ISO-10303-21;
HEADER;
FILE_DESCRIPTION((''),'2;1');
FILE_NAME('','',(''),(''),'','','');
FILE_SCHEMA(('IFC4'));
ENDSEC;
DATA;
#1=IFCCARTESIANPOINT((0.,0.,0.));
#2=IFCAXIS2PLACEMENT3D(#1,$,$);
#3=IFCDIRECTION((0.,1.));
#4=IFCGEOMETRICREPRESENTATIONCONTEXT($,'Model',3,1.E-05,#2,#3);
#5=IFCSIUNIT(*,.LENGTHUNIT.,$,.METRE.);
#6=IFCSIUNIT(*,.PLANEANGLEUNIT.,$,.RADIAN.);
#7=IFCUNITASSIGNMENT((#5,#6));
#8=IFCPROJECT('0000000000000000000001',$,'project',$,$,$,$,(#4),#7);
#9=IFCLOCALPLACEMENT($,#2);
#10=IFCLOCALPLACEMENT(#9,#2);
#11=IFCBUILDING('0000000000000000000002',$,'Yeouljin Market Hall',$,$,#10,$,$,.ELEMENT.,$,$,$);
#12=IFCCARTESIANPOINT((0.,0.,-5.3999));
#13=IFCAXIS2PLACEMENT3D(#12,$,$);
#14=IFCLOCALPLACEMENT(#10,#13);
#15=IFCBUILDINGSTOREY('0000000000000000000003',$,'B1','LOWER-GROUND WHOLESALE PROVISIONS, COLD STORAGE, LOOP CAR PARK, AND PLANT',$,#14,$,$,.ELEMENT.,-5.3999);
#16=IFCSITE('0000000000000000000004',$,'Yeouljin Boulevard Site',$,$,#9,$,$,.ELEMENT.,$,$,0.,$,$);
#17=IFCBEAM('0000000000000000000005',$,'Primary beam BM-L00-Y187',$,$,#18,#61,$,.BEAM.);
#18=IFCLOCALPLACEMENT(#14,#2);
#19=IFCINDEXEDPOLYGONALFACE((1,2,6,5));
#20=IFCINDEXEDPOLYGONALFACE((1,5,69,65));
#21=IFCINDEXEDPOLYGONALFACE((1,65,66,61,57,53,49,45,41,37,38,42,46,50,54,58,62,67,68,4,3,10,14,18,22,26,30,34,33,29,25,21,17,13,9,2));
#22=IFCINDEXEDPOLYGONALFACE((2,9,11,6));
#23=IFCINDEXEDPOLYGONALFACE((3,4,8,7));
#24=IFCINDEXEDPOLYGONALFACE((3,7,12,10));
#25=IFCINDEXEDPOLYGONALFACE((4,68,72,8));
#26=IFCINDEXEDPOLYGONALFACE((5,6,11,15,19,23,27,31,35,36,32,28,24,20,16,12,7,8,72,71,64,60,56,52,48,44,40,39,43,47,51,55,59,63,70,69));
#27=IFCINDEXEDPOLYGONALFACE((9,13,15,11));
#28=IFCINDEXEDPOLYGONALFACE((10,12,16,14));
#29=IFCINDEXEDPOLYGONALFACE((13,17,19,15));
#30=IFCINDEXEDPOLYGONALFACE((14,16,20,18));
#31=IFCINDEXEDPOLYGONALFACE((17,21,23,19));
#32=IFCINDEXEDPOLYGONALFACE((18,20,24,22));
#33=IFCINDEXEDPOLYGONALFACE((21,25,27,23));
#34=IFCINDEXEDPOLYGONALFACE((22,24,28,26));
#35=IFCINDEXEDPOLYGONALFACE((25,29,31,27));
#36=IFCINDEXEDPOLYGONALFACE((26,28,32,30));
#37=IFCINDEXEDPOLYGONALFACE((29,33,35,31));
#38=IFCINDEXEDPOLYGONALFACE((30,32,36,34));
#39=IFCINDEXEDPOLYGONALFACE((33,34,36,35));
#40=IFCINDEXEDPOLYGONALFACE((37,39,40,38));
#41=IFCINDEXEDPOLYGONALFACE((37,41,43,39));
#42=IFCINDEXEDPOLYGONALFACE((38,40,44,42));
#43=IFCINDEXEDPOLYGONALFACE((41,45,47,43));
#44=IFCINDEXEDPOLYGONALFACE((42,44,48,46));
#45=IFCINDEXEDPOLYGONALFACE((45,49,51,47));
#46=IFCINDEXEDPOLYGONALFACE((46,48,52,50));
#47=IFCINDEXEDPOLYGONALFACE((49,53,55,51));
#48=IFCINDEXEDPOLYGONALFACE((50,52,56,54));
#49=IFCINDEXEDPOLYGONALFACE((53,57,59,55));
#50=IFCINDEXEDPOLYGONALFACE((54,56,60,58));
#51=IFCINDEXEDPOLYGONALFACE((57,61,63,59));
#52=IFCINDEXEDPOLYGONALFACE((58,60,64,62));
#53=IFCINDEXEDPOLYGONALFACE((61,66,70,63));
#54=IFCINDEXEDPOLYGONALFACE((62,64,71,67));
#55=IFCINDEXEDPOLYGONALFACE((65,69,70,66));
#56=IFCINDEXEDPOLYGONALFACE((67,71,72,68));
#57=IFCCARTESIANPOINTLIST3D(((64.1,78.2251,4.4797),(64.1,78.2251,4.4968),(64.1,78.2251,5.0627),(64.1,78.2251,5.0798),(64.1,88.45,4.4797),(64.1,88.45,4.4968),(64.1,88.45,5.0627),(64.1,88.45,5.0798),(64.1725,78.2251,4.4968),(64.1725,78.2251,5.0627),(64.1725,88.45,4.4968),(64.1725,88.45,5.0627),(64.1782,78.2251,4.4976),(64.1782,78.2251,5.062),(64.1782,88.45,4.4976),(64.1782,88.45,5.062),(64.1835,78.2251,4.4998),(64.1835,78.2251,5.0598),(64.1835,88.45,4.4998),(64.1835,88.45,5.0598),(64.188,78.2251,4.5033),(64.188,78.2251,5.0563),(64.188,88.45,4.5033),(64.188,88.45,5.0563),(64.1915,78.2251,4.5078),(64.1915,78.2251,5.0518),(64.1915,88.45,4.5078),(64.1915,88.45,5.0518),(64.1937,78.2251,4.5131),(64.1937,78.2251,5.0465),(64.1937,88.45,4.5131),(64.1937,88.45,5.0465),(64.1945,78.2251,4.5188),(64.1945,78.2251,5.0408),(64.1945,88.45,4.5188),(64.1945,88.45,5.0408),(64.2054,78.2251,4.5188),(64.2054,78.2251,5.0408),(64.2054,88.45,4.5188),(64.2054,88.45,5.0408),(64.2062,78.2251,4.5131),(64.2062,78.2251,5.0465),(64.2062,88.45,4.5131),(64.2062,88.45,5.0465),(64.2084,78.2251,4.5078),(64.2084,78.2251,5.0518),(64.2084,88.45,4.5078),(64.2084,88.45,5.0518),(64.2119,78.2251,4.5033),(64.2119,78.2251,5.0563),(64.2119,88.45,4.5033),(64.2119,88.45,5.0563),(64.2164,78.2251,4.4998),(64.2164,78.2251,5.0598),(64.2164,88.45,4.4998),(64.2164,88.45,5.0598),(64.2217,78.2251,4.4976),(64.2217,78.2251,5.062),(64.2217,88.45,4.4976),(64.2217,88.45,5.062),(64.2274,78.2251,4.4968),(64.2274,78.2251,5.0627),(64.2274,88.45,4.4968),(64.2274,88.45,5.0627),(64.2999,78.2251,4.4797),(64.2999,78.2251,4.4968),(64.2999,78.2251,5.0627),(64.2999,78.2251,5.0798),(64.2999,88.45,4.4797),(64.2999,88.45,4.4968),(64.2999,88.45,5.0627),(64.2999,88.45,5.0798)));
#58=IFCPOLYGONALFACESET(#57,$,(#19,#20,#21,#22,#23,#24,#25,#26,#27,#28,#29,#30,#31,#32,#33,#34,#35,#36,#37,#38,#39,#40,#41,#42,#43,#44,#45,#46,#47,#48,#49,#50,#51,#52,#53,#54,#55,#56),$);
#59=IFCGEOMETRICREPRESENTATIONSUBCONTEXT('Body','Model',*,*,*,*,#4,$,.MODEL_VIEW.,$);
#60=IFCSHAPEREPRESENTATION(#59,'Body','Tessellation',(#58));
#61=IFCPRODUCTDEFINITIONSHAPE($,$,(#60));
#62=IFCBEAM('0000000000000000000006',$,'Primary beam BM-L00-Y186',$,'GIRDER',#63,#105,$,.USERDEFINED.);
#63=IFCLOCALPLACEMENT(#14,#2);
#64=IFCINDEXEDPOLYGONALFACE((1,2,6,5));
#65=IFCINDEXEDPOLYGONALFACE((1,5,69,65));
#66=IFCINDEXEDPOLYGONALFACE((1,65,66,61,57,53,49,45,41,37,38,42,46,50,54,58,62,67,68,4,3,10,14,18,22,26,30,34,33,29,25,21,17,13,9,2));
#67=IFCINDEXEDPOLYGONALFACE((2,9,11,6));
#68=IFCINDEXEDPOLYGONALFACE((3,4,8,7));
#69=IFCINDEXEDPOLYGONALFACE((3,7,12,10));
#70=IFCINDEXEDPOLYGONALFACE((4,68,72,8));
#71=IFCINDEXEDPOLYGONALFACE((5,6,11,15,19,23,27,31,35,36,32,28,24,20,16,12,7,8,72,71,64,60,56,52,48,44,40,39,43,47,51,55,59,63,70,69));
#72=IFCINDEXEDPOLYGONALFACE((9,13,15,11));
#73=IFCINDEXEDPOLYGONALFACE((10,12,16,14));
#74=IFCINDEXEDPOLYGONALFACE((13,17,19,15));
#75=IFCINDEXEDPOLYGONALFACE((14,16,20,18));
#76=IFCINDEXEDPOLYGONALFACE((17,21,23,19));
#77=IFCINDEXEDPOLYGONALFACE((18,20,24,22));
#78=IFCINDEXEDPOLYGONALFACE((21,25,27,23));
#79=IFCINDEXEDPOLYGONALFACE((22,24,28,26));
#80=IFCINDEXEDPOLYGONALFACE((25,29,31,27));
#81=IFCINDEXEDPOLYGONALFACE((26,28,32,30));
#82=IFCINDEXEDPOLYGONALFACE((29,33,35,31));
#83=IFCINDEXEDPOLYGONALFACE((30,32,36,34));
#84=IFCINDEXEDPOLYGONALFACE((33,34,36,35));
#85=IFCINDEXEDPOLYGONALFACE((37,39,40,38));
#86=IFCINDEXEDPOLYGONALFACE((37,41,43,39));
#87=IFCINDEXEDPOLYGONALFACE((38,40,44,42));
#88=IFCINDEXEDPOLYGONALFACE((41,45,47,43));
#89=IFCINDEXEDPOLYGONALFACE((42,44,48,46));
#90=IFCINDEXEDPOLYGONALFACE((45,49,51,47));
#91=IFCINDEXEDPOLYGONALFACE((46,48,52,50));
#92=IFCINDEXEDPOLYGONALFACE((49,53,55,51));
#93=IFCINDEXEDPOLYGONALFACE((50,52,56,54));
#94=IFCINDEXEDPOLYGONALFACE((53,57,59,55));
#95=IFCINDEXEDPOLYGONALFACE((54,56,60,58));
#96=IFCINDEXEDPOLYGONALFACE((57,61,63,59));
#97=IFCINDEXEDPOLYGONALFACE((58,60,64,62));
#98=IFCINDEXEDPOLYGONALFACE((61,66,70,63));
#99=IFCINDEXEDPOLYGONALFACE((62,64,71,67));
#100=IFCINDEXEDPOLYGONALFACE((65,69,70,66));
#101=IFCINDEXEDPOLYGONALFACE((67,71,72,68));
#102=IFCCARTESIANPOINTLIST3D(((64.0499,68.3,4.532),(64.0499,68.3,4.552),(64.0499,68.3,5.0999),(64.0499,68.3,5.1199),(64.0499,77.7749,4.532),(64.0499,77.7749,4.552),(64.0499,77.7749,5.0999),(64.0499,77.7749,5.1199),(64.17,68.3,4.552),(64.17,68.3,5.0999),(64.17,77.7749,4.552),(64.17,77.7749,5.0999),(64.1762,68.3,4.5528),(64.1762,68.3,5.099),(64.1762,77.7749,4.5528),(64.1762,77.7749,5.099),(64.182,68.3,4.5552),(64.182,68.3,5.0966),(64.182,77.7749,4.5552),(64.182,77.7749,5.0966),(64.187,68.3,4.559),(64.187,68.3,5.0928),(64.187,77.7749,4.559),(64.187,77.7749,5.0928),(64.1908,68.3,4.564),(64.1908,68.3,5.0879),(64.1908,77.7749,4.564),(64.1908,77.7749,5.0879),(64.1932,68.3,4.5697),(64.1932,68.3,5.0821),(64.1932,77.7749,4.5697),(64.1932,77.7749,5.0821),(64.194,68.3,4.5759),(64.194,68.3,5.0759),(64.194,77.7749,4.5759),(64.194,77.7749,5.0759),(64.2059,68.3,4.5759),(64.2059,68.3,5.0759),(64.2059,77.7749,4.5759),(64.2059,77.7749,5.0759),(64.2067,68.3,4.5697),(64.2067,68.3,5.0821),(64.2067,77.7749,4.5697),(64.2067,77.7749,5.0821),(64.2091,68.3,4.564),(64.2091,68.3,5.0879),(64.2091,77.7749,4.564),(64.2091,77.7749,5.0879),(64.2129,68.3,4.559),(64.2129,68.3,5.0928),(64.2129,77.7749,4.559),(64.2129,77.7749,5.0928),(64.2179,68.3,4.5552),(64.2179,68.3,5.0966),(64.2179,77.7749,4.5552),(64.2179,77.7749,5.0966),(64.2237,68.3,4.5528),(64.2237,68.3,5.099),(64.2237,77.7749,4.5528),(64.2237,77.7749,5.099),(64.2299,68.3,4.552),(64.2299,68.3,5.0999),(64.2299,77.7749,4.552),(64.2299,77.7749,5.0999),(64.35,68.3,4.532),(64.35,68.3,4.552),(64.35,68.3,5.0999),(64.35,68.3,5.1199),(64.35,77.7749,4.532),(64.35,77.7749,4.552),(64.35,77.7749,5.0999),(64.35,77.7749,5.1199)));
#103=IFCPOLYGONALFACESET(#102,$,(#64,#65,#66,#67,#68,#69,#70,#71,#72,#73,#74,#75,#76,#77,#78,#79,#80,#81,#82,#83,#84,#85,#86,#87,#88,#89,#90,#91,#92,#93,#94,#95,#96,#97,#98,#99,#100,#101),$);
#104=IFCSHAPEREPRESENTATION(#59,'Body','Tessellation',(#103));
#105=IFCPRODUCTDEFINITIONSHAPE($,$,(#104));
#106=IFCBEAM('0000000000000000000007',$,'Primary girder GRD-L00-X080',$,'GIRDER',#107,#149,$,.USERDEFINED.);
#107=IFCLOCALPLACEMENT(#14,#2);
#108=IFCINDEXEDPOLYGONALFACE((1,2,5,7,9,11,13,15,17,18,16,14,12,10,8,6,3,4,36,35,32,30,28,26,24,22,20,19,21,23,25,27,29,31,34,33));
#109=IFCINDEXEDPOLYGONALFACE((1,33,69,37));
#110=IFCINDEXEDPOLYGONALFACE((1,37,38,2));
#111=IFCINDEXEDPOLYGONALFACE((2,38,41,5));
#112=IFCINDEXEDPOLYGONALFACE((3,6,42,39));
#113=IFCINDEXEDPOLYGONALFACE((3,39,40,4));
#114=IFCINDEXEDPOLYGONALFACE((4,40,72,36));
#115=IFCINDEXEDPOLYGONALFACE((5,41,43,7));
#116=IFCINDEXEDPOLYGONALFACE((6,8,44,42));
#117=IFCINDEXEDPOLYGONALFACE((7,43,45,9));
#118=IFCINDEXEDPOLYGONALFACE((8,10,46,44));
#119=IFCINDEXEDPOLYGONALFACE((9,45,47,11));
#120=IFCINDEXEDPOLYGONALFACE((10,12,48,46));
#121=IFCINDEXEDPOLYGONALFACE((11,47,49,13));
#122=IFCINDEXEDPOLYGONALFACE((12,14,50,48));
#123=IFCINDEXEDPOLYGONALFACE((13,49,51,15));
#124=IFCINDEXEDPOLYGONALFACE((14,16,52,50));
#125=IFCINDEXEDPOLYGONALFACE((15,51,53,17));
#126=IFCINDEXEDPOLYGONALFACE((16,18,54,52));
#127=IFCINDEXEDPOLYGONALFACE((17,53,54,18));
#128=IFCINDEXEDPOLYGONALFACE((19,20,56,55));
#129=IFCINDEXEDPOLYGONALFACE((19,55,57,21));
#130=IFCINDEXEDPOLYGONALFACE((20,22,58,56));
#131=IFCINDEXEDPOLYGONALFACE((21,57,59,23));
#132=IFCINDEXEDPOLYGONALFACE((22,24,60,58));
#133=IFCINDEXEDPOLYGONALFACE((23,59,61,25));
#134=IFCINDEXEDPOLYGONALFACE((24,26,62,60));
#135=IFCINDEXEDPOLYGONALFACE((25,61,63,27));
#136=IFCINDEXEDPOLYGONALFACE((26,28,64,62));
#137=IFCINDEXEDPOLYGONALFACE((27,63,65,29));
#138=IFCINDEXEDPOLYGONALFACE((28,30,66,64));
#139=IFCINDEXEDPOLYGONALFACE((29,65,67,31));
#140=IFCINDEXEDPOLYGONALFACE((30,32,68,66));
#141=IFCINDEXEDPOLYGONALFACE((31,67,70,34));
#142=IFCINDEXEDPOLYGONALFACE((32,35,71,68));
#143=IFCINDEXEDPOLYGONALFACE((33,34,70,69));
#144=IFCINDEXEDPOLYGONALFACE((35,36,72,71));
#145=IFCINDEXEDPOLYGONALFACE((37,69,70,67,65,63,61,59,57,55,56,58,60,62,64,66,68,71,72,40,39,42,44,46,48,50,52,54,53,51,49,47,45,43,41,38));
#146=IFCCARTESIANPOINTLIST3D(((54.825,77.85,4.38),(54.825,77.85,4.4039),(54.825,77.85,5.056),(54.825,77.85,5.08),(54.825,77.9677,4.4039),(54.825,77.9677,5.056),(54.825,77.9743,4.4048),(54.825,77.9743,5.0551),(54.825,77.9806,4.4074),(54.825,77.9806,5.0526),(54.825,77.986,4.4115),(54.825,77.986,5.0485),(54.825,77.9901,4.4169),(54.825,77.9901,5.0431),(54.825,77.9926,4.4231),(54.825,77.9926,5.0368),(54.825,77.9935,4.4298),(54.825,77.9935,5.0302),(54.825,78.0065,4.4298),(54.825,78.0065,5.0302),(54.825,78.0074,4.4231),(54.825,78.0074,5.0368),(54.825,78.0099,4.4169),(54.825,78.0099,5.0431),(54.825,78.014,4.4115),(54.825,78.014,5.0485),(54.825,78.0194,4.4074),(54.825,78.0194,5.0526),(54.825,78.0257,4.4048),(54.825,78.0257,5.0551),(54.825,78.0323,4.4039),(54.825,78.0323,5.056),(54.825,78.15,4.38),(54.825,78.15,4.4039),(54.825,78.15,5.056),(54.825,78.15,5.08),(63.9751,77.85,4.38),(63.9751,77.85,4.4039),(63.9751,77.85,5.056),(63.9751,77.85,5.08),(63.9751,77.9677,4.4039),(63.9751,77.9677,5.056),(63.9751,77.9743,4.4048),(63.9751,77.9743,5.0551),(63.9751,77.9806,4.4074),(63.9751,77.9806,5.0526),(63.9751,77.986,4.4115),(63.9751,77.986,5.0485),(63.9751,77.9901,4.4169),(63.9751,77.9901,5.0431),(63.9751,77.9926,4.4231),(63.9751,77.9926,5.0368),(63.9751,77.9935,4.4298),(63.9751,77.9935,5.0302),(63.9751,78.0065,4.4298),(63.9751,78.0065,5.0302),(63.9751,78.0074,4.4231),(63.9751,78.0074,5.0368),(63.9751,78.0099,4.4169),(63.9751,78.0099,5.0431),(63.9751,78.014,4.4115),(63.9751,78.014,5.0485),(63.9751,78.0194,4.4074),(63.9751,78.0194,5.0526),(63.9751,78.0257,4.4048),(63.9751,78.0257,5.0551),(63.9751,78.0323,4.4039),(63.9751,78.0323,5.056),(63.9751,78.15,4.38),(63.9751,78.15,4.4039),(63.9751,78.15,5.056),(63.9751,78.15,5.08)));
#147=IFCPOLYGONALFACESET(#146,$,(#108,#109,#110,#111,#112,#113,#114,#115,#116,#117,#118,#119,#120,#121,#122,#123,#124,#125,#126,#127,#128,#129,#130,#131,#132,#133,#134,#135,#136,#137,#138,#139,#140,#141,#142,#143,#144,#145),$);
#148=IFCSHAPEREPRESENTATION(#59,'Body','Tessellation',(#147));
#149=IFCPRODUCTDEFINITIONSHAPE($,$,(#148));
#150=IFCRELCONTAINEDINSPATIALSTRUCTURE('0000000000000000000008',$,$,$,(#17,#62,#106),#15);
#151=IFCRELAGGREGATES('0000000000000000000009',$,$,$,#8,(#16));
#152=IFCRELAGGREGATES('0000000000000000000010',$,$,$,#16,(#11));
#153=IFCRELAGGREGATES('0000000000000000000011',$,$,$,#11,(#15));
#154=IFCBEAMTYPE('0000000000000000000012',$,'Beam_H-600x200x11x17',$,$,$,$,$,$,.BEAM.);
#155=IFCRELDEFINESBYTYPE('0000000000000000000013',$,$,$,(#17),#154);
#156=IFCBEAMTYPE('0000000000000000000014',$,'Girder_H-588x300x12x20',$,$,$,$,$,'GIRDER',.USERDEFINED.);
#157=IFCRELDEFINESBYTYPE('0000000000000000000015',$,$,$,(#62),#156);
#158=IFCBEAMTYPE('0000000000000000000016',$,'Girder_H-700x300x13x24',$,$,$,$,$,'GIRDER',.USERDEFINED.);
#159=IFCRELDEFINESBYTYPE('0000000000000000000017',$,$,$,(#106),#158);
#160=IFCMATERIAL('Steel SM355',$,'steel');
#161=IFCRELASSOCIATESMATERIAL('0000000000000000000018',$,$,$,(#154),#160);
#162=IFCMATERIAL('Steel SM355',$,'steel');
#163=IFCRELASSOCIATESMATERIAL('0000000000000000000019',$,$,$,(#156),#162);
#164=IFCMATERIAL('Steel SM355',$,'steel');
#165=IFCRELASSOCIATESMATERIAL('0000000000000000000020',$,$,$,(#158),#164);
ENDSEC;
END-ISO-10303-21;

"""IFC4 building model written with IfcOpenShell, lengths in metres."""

from ifc_helpers import new_model, si_unit, direction, frame, origin, origin_2d, place, context, subcontext, project, spatial, i_section, extrude, material, material_profile, profile_set, type_object, element, save


model = new_model("IFC4")

# Units and contexts
model_context = context("Model", 3, precision=1e-05, world=origin(), true_north=direction((0.0, 1.0)))
body_context = subcontext(model_context, "Body", "Model", "MODEL_VIEW")
ifc_project = project(units=[si_unit("LENGTHUNIT", "METRE"), si_unit("PLANEANGLEUNIT", "RADIAN")], contexts=[model_context])

# Site, building, storey
site_placement = place(None, origin())
site = spatial("IfcSite", under=ifc_project, at=site_placement, Name="Yeouljin Boulevard Site", CompositionType="ELEMENT", RefElevation=0.0)
building_placement = place(site_placement, origin())
building = spatial("IfcBuilding", under=site, at=building_placement, Name="Yeouljin Market Hall", CompositionType="ELEMENT")
storey_placement = place(building_placement, frame((0.0, 0.0, -5.3999)))
storey = spatial("IfcBuildingStorey", under=building, at=storey_placement, Name="B1", Description="LOWER-GROUND WHOLESALE PROVISIONS, COLD STORAGE, LOOP CAR PARK, AND PLANT", CompositionType="ELEMENT", Elevation=-5.3999)

# Beams
ifc_material_1 = material(Name="Steel SM355", Category="steel")
ifc_material_profile_1 = material_profile(ifc_material_1, i_section(OverallWidth=0.2, OverallDepth=0.6001, WebThickness=0.011, FlangeThickness=0.0171, FilletRadius=0.022, at=origin_2d()), Name="H-600x200x11x17")
ifc_profile_set_1 = profile_set([ifc_material_profile_1], Name="Steel SM355")
beam_type_1 = type_object("IfcBeamType", Name="Beam_H-600x200x11x17", PredefinedType="BEAM", material=ifc_profile_set_1)
for number, where, z_axis, x_axis, name in (
    (1, (64.2, 78.2251, 4.7798), (0.0, 1.0, 0.0), (-1.0, 0.0, 0.0), "Primary beam BM-L00-Y187"),
):
    element("IfcBeam", number, at=place(storey_placement, frame(where, z_axis=z_axis, x_axis=x_axis)), inside=storey, type_object=beam_type_1, Name=name, PredefinedType="BEAM", context=body_context, shape_type="SweptSolid", body=[
        extrude(i_section(OverallWidth=0.2, OverallDepth=0.6001, WebThickness=0.011, FlangeThickness=0.0171, FilletRadius=0.022, at=origin_2d()), origin(), (0.0, 0.0, 1.0), 10.2249),
    ])
ifc_material_2 = material(Name="Steel SM355", Category="steel")
ifc_material_profile_2 = material_profile(ifc_material_2, i_section(OverallWidth=0.3, OverallDepth=0.5879, WebThickness=0.012, FlangeThickness=0.02, FilletRadius=0.0239, at=origin_2d()), Name="H-588x300x12x20")
ifc_profile_set_2 = profile_set([ifc_material_profile_2], Name="Steel SM355")
beam_type_2 = type_object("IfcBeamType", Name="Girder_H-588x300x12x20", ElementType="GIRDER", PredefinedType="USERDEFINED", material=ifc_profile_set_2)
beam_1_placement = place(storey_placement, frame((64.2, 68.3, 4.8259), z_axis=(0.0, 1.0, 0.0), x_axis=(-1.0, 0.0, 0.0)))
element("IfcBeam", 2, at=beam_1_placement, inside=storey, type_object=beam_type_2, Name="Primary beam BM-L00-Y186", ObjectType="GIRDER", PredefinedType="USERDEFINED", context=body_context, shape_type="SweptSolid", body=[
    extrude(i_section(OverallWidth=0.3, OverallDepth=0.5879, WebThickness=0.012, FlangeThickness=0.02, FilletRadius=0.0239, at=origin_2d()), origin(), (0.0, 0.0, 1.0), 9.4749),
])
ifc_material_3 = material(Name="Steel SM355", Category="steel")
ifc_material_profile_3 = material_profile(ifc_material_3, i_section(OverallWidth=0.3, OverallDepth=0.7, WebThickness=0.0129, FlangeThickness=0.0239, FilletRadius=0.0259, at=origin_2d()), Name="H-700x300x13x24")
ifc_profile_set_3 = profile_set([ifc_material_profile_3], Name="Steel SM355")
beam_type_3 = type_object("IfcBeamType", Name="Girder_H-700x300x13x24", ElementType="GIRDER", PredefinedType="USERDEFINED", material=ifc_profile_set_3)
beam_2_placement = place(storey_placement, frame((54.825, 78.0, 4.73), z_axis=(1.0, 0.0, 0.0), x_axis=(0.0, 1.0, 0.0)))
element("IfcBeam", 3, at=beam_2_placement, inside=storey, type_object=beam_type_3, Name="Primary girder GRD-L00-X080", ObjectType="GIRDER", PredefinedType="USERDEFINED", context=body_context, shape_type="SweptSolid", body=[
    extrude(i_section(OverallWidth=0.3, OverallDepth=0.7, WebThickness=0.0129, FlangeThickness=0.0239, FilletRadius=0.0259, at=origin_2d()), origin(), (0.0, 0.0, 1.0), 9.1501),
])

save(model, "model.ifc")
